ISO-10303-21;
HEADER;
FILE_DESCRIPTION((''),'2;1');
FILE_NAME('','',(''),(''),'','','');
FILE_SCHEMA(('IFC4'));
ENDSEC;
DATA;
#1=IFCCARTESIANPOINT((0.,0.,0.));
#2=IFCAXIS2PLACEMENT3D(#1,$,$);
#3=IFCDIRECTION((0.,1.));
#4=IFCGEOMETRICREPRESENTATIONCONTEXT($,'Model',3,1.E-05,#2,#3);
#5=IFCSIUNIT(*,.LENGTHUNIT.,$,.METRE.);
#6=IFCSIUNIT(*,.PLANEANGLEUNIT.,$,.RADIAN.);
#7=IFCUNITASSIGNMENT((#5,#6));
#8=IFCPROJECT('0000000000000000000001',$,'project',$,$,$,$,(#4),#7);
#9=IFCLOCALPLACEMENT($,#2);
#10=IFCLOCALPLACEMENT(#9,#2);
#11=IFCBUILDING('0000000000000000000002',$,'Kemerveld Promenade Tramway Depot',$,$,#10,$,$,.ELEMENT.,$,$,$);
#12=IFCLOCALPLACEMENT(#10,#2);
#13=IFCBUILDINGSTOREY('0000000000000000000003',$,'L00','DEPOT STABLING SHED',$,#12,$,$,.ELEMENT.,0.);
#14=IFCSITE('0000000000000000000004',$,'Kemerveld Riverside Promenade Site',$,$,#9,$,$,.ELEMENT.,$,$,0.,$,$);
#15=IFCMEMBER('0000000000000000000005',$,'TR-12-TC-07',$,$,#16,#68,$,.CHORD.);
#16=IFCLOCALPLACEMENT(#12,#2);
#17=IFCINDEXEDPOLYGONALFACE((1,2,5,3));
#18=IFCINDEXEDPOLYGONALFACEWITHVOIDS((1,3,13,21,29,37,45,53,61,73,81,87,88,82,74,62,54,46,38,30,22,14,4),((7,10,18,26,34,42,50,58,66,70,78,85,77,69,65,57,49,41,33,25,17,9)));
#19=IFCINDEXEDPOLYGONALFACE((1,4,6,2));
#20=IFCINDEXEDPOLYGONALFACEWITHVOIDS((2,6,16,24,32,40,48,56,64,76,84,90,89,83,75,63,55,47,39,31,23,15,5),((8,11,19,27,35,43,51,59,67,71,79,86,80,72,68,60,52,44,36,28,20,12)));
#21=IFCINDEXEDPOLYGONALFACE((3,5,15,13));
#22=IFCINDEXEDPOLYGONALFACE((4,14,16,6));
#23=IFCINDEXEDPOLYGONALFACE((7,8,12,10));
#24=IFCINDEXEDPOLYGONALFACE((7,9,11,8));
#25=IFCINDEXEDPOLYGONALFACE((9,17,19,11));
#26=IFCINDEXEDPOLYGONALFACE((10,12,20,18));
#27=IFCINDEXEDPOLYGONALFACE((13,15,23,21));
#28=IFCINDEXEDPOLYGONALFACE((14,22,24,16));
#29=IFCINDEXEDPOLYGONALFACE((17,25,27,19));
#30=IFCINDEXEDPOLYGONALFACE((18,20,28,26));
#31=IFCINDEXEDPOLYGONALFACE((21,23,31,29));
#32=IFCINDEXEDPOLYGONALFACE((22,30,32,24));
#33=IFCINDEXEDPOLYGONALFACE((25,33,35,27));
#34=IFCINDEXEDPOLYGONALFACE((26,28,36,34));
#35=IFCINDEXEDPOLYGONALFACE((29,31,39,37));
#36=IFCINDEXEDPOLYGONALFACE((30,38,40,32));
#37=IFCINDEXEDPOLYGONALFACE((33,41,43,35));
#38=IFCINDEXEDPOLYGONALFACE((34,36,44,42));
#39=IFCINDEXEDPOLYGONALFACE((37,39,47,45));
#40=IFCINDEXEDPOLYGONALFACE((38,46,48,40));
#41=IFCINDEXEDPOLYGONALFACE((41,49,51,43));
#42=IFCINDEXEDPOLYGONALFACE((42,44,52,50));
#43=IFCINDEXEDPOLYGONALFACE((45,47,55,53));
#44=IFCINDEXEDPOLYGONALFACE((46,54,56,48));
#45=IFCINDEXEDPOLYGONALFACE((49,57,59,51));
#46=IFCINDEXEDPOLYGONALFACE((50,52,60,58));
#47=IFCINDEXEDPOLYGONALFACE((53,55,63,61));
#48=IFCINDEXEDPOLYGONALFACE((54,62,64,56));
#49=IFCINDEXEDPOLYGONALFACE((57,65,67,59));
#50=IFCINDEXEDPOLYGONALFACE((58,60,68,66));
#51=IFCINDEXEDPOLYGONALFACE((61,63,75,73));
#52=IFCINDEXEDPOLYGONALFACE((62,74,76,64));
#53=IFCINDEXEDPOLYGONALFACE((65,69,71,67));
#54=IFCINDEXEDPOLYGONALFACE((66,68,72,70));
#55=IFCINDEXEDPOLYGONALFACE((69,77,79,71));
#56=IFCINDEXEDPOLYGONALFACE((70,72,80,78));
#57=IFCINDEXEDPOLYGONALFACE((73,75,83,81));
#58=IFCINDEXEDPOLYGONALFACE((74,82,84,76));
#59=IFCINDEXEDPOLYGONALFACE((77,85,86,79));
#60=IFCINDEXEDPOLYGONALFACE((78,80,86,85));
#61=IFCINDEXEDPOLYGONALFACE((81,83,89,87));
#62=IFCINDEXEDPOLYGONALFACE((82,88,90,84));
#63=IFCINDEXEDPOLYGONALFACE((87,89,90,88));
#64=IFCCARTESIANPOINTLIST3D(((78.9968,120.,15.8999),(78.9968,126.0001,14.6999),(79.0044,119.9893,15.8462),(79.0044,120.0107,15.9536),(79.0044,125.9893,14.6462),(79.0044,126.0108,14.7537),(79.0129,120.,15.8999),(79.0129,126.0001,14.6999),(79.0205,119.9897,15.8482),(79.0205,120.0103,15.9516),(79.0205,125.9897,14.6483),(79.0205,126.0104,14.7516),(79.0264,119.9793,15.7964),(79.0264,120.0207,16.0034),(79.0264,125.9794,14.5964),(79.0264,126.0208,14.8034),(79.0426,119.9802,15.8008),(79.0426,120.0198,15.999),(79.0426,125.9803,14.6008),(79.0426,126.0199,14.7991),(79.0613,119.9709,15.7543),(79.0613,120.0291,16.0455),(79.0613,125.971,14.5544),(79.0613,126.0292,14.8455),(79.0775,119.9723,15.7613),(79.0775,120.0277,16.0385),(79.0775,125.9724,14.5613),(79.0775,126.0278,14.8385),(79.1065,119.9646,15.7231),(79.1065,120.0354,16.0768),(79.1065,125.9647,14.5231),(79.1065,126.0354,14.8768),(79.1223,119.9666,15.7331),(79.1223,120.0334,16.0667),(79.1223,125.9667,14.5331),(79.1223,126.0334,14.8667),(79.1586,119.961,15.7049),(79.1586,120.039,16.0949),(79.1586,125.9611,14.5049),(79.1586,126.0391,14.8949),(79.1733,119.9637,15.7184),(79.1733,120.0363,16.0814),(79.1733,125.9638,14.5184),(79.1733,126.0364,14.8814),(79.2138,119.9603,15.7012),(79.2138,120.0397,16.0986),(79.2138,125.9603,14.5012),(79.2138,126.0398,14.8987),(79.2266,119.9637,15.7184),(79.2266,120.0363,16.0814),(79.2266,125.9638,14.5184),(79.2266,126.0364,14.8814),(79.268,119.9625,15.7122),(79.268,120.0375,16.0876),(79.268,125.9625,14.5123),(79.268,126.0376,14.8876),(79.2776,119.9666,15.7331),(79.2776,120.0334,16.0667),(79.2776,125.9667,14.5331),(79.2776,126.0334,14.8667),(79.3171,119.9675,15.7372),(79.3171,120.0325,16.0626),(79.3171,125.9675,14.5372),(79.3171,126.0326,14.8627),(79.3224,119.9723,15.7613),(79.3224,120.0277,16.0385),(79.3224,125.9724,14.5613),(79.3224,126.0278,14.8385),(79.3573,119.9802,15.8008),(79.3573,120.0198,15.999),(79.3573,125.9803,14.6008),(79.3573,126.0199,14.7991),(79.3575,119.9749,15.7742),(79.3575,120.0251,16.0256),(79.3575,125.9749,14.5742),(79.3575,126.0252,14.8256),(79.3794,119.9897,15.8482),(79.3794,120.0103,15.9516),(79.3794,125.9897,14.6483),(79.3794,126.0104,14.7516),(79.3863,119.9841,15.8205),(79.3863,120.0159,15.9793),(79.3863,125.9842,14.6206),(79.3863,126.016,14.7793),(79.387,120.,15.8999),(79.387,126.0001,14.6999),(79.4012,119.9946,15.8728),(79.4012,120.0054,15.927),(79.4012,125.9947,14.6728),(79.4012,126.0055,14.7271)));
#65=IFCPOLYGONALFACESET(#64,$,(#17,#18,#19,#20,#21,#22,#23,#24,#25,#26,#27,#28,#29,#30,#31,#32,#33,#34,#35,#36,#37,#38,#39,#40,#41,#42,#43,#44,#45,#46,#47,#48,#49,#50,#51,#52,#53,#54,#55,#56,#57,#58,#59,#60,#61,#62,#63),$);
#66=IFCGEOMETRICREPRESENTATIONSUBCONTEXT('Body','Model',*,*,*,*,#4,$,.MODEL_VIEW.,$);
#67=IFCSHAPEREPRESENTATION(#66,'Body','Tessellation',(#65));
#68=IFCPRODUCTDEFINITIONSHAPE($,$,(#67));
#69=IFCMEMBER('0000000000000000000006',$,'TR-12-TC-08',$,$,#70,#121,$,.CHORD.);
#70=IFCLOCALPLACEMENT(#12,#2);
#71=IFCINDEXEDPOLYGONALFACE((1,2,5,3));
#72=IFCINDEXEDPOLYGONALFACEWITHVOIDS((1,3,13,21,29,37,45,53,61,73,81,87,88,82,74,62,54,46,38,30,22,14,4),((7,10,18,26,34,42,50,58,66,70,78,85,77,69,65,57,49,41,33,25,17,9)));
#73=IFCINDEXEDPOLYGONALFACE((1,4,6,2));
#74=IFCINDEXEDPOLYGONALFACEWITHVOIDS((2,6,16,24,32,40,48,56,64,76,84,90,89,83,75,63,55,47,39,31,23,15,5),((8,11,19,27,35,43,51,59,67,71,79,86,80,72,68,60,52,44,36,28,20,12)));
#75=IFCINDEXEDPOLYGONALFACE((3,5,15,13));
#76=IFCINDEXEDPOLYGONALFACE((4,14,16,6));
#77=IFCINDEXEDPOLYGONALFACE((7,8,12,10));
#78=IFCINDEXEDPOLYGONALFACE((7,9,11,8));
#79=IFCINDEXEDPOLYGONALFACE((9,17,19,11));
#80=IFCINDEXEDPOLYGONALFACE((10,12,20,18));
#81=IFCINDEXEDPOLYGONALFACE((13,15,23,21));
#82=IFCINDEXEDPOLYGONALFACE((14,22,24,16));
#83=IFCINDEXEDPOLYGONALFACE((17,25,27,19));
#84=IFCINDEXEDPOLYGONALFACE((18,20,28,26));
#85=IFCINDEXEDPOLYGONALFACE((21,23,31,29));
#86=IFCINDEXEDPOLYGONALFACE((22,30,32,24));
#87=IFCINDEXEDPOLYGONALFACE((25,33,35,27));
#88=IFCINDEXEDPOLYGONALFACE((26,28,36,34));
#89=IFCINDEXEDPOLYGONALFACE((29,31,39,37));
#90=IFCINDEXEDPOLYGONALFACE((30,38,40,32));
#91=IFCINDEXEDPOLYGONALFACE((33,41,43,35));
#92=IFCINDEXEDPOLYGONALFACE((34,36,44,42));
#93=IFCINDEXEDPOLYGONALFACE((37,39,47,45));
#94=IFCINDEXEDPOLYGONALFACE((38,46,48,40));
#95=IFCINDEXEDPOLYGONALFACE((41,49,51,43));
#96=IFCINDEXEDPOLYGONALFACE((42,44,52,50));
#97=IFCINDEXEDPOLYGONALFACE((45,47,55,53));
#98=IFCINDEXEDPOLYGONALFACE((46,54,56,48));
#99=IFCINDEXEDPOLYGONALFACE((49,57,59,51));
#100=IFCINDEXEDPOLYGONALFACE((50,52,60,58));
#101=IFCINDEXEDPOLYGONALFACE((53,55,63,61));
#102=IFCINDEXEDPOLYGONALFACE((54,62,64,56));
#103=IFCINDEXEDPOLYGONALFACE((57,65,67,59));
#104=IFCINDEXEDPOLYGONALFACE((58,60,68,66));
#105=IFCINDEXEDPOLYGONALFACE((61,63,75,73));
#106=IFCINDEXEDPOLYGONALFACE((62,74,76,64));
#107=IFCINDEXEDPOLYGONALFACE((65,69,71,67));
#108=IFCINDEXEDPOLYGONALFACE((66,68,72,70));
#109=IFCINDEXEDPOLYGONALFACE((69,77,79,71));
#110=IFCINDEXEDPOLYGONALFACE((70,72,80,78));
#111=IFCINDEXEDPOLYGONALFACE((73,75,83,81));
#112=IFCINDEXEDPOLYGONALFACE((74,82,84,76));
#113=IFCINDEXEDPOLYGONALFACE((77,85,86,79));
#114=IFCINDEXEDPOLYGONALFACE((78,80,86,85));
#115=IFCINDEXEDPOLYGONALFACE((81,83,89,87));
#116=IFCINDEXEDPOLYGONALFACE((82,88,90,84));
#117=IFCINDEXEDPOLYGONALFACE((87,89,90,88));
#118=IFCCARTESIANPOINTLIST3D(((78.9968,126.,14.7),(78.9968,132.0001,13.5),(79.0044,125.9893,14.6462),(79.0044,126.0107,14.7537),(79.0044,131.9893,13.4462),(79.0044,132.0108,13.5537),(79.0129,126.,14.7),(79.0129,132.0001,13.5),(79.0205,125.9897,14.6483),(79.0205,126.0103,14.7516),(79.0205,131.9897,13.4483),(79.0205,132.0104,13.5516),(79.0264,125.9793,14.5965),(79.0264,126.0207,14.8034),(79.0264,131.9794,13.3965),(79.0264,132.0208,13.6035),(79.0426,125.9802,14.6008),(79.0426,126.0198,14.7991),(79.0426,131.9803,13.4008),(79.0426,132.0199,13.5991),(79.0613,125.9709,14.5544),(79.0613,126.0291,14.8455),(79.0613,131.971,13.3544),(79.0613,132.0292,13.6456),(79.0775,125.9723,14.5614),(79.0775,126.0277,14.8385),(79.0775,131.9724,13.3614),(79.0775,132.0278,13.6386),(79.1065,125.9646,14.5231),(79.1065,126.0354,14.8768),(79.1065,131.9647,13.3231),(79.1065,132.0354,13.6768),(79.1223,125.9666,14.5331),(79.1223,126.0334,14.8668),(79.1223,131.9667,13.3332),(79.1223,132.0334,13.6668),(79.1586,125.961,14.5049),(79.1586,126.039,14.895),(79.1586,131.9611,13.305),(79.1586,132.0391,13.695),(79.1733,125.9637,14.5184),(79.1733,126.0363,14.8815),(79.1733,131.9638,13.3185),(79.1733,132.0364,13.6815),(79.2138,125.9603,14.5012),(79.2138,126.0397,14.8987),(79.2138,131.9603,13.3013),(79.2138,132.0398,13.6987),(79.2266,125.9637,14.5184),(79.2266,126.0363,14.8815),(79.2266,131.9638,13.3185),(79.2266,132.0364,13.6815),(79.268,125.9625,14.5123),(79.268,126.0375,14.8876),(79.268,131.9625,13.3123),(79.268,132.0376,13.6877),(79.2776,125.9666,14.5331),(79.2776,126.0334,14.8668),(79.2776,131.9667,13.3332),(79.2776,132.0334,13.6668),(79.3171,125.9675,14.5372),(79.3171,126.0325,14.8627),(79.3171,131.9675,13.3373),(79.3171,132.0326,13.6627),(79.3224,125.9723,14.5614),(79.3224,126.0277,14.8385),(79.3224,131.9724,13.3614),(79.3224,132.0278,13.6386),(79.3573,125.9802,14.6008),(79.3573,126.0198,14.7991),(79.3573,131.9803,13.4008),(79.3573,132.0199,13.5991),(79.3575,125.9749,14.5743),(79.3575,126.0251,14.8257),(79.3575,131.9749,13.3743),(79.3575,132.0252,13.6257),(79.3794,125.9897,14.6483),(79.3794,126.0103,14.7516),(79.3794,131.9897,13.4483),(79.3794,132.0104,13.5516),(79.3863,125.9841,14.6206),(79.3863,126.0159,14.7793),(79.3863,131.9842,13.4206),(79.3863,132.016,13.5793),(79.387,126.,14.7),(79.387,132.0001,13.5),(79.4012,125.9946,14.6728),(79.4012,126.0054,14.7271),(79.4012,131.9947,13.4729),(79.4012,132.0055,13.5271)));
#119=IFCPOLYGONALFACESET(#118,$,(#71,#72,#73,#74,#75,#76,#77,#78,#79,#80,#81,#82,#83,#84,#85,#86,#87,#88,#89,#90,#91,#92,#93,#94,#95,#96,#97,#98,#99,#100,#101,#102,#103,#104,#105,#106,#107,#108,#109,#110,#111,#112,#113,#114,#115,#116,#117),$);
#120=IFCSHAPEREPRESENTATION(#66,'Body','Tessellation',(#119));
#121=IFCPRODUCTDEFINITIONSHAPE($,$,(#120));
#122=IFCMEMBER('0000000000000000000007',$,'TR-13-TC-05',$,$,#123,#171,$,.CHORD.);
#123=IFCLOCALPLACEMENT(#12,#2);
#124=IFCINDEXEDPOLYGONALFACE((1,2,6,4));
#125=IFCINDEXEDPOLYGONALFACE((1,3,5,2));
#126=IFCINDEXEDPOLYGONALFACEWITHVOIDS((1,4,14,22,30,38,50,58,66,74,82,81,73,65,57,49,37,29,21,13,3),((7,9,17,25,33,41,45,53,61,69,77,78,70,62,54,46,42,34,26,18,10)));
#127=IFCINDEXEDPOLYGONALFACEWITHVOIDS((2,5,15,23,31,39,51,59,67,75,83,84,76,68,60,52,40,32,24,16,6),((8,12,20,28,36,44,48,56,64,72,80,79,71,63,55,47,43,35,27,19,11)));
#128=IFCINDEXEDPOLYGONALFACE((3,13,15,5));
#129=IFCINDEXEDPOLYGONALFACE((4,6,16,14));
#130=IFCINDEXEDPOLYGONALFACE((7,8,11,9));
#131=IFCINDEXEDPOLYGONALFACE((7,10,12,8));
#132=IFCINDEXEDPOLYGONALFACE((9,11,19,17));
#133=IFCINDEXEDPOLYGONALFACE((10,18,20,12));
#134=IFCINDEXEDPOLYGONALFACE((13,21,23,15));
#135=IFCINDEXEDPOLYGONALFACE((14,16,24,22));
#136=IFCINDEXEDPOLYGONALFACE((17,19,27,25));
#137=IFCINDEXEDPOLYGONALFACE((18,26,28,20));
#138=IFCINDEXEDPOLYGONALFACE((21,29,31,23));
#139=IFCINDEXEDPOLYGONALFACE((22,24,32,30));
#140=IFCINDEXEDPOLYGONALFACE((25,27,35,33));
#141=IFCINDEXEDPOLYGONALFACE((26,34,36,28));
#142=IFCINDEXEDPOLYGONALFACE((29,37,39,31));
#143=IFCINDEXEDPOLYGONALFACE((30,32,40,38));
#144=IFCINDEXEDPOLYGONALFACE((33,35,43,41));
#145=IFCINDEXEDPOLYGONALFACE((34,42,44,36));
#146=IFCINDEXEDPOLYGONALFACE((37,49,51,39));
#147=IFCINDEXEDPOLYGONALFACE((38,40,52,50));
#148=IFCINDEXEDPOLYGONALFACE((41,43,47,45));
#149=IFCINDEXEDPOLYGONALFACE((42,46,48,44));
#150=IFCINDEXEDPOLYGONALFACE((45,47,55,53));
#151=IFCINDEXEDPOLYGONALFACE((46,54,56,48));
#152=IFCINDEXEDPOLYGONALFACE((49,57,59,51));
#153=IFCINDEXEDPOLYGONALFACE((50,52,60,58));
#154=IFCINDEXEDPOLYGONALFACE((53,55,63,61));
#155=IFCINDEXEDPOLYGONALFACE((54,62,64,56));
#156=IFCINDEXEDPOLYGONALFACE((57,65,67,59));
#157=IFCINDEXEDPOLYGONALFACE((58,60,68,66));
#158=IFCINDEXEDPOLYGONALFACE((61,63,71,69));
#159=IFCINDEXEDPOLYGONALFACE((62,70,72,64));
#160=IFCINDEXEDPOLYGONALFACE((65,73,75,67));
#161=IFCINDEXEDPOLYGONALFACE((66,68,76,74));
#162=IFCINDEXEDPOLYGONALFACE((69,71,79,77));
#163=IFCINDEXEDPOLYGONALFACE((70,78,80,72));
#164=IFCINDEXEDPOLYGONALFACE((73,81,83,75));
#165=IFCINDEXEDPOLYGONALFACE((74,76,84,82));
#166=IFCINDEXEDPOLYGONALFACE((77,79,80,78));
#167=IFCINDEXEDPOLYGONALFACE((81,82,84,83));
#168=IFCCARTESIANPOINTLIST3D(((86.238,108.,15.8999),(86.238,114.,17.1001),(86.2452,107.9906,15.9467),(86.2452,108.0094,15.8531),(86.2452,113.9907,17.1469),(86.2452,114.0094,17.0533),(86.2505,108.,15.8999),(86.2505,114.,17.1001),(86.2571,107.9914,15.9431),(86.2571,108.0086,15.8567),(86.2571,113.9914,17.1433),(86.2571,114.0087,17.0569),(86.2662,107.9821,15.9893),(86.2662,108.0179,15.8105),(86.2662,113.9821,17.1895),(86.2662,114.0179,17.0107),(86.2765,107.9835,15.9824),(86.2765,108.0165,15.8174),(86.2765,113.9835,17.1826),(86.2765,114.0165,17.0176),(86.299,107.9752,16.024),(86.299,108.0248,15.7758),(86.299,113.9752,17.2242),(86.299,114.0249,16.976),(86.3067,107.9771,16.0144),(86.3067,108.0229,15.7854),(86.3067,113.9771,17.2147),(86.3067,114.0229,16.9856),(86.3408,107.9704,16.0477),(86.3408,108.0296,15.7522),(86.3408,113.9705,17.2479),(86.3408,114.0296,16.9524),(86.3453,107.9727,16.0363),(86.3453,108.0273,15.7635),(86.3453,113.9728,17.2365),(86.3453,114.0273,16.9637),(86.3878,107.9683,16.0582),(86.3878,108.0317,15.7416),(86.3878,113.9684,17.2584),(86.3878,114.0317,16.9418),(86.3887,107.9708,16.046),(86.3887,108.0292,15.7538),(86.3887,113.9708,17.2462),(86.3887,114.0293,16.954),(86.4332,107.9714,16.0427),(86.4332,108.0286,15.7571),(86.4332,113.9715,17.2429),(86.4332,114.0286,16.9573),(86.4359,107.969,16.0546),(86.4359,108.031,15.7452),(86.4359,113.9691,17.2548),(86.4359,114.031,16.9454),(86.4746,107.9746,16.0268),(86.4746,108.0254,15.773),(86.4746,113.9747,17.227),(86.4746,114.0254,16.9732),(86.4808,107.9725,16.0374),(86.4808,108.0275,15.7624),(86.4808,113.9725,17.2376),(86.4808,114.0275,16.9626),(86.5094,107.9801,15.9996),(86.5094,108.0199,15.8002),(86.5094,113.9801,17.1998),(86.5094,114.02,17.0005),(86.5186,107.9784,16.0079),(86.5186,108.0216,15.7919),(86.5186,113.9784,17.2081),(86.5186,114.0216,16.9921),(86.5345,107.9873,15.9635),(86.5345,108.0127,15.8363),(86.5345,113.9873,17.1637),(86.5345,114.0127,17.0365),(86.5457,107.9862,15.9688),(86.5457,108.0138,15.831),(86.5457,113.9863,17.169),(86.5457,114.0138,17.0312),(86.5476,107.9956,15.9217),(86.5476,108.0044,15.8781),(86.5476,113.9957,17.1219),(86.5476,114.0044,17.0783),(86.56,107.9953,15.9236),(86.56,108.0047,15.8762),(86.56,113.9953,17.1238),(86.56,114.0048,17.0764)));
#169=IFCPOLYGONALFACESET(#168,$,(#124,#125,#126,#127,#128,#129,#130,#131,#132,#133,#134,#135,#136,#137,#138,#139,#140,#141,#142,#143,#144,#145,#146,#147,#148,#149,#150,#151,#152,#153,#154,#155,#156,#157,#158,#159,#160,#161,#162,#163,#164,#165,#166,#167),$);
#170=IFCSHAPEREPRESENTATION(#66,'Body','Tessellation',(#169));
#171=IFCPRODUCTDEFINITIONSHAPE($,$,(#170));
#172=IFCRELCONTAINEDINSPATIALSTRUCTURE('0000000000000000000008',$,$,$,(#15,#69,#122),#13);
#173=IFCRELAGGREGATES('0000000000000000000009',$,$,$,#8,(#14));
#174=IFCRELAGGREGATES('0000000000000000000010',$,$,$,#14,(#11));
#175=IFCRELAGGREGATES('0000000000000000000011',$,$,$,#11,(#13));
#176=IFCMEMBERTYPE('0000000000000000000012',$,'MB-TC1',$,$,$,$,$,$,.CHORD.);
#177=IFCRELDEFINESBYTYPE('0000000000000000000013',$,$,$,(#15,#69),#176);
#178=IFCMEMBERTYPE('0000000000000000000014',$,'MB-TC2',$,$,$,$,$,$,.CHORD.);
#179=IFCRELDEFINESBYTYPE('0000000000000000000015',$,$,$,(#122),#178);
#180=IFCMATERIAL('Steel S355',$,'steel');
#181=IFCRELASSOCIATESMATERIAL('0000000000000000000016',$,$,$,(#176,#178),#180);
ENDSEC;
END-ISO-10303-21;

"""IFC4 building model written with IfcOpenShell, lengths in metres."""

from ifc_helpers import new_model, si_unit, direction, frame, origin, origin_2d, place, context, subcontext, project, spatial, hollow_circle, extrude, material, material_profile, profile_set, type_object, element, save


model = new_model("IFC4")

# Units and contexts
model_context = context("Model", 3, precision=1e-05, world=origin(), true_north=direction((0.0, 1.0)))
body_context = subcontext(model_context, "Body", "Model", "MODEL_VIEW")
ifc_project = project(units=[si_unit("LENGTHUNIT", "METRE"), si_unit("PLANEANGLEUNIT", "RADIAN")], contexts=[model_context])

# Site, building, storey
site_placement = place(None, origin())
site = spatial("IfcSite", under=ifc_project, at=site_placement, Name="Kemerveld Riverside Promenade Site", CompositionType="ELEMENT", RefElevation=0.0)
building_placement = place(site_placement, origin())
building = spatial("IfcBuilding", under=site, at=building_placement, Name="Kemerveld Promenade Tramway Depot", CompositionType="ELEMENT")
storey_placement = place(building_placement, origin())
storey = spatial("IfcBuildingStorey", under=building, at=storey_placement, Name="L00", Description="DEPOT STABLING SHED", CompositionType="ELEMENT", Elevation=0.0)

# Members
ifc_material_1 = material(Name="Steel S355", Category="steel")
ifc_material_profile_1 = material_profile(ifc_material_1, hollow_circle(Radius=0.2031, WallThickness=0.0161, at=origin_2d()), Name="406.4x16.0 CHS")
ifc_profile_set_1 = profile_set([ifc_material_profile_1], Name="Steel S355")
member_type_1 = type_object("IfcMemberType", Name="MB-TC1", PredefinedType="CHORD", material=ifc_profile_set_1)
for number, where, z_axis, x_axis, name in (
    (1, (79.2, 120.0, 15.8999), (0.0, 0.980582, -0.196108), (-1.0, 0.0, 0.0), "TR-12-TC-07"),
    (2, (79.2, 126.0, 14.7), (0.0, 0.980582, -0.196108), (-1.0, 0.0, 0.0), "TR-12-TC-08"),
):
    element("IfcMember", number, at=place(storey_placement, frame(where, z_axis=z_axis, x_axis=x_axis)), inside=storey, type_object=member_type_1, Name=name, PredefinedType="CHORD", context=body_context, shape_type="SweptSolid", body=[
        extrude(hollow_circle(Radius=0.2031, WallThickness=0.0161, at=origin_2d()), origin(), (0.0, 0.0, 1.0), 6.1189),
    ])
ifc_material_profile_2 = material_profile(ifc_material_1, hollow_circle(Radius=0.1619, WallThickness=0.0125, at=origin_2d()), Name="323.9x12.5 CHS")
ifc_profile_set_2 = profile_set([ifc_material_profile_2], Name="Steel S355")
member_type_2 = type_object("IfcMemberType", Name="MB-TC2", PredefinedType="CHORD", material=ifc_profile_set_2)
for number, where, z_axis, x_axis, name in (
    (3, (86.3999, 108.0, 15.8999), (0.0, 0.980575, 0.196147), (-1.0, 0.0, 0.0), "TR-13-TC-05"),
):
    element("IfcMember", number, at=place(storey_placement, frame(where, z_axis=z_axis, x_axis=x_axis)), inside=storey, type_object=member_type_2, Name=name, PredefinedType="CHORD", context=body_context, shape_type="SweptSolid", body=[
        extrude(hollow_circle(Radius=0.1619, WallThickness=0.0125, at=origin_2d()), origin(), (0.0, 0.0, 1.0), 6.1189),
    ])

save(model, "model.ifc")
